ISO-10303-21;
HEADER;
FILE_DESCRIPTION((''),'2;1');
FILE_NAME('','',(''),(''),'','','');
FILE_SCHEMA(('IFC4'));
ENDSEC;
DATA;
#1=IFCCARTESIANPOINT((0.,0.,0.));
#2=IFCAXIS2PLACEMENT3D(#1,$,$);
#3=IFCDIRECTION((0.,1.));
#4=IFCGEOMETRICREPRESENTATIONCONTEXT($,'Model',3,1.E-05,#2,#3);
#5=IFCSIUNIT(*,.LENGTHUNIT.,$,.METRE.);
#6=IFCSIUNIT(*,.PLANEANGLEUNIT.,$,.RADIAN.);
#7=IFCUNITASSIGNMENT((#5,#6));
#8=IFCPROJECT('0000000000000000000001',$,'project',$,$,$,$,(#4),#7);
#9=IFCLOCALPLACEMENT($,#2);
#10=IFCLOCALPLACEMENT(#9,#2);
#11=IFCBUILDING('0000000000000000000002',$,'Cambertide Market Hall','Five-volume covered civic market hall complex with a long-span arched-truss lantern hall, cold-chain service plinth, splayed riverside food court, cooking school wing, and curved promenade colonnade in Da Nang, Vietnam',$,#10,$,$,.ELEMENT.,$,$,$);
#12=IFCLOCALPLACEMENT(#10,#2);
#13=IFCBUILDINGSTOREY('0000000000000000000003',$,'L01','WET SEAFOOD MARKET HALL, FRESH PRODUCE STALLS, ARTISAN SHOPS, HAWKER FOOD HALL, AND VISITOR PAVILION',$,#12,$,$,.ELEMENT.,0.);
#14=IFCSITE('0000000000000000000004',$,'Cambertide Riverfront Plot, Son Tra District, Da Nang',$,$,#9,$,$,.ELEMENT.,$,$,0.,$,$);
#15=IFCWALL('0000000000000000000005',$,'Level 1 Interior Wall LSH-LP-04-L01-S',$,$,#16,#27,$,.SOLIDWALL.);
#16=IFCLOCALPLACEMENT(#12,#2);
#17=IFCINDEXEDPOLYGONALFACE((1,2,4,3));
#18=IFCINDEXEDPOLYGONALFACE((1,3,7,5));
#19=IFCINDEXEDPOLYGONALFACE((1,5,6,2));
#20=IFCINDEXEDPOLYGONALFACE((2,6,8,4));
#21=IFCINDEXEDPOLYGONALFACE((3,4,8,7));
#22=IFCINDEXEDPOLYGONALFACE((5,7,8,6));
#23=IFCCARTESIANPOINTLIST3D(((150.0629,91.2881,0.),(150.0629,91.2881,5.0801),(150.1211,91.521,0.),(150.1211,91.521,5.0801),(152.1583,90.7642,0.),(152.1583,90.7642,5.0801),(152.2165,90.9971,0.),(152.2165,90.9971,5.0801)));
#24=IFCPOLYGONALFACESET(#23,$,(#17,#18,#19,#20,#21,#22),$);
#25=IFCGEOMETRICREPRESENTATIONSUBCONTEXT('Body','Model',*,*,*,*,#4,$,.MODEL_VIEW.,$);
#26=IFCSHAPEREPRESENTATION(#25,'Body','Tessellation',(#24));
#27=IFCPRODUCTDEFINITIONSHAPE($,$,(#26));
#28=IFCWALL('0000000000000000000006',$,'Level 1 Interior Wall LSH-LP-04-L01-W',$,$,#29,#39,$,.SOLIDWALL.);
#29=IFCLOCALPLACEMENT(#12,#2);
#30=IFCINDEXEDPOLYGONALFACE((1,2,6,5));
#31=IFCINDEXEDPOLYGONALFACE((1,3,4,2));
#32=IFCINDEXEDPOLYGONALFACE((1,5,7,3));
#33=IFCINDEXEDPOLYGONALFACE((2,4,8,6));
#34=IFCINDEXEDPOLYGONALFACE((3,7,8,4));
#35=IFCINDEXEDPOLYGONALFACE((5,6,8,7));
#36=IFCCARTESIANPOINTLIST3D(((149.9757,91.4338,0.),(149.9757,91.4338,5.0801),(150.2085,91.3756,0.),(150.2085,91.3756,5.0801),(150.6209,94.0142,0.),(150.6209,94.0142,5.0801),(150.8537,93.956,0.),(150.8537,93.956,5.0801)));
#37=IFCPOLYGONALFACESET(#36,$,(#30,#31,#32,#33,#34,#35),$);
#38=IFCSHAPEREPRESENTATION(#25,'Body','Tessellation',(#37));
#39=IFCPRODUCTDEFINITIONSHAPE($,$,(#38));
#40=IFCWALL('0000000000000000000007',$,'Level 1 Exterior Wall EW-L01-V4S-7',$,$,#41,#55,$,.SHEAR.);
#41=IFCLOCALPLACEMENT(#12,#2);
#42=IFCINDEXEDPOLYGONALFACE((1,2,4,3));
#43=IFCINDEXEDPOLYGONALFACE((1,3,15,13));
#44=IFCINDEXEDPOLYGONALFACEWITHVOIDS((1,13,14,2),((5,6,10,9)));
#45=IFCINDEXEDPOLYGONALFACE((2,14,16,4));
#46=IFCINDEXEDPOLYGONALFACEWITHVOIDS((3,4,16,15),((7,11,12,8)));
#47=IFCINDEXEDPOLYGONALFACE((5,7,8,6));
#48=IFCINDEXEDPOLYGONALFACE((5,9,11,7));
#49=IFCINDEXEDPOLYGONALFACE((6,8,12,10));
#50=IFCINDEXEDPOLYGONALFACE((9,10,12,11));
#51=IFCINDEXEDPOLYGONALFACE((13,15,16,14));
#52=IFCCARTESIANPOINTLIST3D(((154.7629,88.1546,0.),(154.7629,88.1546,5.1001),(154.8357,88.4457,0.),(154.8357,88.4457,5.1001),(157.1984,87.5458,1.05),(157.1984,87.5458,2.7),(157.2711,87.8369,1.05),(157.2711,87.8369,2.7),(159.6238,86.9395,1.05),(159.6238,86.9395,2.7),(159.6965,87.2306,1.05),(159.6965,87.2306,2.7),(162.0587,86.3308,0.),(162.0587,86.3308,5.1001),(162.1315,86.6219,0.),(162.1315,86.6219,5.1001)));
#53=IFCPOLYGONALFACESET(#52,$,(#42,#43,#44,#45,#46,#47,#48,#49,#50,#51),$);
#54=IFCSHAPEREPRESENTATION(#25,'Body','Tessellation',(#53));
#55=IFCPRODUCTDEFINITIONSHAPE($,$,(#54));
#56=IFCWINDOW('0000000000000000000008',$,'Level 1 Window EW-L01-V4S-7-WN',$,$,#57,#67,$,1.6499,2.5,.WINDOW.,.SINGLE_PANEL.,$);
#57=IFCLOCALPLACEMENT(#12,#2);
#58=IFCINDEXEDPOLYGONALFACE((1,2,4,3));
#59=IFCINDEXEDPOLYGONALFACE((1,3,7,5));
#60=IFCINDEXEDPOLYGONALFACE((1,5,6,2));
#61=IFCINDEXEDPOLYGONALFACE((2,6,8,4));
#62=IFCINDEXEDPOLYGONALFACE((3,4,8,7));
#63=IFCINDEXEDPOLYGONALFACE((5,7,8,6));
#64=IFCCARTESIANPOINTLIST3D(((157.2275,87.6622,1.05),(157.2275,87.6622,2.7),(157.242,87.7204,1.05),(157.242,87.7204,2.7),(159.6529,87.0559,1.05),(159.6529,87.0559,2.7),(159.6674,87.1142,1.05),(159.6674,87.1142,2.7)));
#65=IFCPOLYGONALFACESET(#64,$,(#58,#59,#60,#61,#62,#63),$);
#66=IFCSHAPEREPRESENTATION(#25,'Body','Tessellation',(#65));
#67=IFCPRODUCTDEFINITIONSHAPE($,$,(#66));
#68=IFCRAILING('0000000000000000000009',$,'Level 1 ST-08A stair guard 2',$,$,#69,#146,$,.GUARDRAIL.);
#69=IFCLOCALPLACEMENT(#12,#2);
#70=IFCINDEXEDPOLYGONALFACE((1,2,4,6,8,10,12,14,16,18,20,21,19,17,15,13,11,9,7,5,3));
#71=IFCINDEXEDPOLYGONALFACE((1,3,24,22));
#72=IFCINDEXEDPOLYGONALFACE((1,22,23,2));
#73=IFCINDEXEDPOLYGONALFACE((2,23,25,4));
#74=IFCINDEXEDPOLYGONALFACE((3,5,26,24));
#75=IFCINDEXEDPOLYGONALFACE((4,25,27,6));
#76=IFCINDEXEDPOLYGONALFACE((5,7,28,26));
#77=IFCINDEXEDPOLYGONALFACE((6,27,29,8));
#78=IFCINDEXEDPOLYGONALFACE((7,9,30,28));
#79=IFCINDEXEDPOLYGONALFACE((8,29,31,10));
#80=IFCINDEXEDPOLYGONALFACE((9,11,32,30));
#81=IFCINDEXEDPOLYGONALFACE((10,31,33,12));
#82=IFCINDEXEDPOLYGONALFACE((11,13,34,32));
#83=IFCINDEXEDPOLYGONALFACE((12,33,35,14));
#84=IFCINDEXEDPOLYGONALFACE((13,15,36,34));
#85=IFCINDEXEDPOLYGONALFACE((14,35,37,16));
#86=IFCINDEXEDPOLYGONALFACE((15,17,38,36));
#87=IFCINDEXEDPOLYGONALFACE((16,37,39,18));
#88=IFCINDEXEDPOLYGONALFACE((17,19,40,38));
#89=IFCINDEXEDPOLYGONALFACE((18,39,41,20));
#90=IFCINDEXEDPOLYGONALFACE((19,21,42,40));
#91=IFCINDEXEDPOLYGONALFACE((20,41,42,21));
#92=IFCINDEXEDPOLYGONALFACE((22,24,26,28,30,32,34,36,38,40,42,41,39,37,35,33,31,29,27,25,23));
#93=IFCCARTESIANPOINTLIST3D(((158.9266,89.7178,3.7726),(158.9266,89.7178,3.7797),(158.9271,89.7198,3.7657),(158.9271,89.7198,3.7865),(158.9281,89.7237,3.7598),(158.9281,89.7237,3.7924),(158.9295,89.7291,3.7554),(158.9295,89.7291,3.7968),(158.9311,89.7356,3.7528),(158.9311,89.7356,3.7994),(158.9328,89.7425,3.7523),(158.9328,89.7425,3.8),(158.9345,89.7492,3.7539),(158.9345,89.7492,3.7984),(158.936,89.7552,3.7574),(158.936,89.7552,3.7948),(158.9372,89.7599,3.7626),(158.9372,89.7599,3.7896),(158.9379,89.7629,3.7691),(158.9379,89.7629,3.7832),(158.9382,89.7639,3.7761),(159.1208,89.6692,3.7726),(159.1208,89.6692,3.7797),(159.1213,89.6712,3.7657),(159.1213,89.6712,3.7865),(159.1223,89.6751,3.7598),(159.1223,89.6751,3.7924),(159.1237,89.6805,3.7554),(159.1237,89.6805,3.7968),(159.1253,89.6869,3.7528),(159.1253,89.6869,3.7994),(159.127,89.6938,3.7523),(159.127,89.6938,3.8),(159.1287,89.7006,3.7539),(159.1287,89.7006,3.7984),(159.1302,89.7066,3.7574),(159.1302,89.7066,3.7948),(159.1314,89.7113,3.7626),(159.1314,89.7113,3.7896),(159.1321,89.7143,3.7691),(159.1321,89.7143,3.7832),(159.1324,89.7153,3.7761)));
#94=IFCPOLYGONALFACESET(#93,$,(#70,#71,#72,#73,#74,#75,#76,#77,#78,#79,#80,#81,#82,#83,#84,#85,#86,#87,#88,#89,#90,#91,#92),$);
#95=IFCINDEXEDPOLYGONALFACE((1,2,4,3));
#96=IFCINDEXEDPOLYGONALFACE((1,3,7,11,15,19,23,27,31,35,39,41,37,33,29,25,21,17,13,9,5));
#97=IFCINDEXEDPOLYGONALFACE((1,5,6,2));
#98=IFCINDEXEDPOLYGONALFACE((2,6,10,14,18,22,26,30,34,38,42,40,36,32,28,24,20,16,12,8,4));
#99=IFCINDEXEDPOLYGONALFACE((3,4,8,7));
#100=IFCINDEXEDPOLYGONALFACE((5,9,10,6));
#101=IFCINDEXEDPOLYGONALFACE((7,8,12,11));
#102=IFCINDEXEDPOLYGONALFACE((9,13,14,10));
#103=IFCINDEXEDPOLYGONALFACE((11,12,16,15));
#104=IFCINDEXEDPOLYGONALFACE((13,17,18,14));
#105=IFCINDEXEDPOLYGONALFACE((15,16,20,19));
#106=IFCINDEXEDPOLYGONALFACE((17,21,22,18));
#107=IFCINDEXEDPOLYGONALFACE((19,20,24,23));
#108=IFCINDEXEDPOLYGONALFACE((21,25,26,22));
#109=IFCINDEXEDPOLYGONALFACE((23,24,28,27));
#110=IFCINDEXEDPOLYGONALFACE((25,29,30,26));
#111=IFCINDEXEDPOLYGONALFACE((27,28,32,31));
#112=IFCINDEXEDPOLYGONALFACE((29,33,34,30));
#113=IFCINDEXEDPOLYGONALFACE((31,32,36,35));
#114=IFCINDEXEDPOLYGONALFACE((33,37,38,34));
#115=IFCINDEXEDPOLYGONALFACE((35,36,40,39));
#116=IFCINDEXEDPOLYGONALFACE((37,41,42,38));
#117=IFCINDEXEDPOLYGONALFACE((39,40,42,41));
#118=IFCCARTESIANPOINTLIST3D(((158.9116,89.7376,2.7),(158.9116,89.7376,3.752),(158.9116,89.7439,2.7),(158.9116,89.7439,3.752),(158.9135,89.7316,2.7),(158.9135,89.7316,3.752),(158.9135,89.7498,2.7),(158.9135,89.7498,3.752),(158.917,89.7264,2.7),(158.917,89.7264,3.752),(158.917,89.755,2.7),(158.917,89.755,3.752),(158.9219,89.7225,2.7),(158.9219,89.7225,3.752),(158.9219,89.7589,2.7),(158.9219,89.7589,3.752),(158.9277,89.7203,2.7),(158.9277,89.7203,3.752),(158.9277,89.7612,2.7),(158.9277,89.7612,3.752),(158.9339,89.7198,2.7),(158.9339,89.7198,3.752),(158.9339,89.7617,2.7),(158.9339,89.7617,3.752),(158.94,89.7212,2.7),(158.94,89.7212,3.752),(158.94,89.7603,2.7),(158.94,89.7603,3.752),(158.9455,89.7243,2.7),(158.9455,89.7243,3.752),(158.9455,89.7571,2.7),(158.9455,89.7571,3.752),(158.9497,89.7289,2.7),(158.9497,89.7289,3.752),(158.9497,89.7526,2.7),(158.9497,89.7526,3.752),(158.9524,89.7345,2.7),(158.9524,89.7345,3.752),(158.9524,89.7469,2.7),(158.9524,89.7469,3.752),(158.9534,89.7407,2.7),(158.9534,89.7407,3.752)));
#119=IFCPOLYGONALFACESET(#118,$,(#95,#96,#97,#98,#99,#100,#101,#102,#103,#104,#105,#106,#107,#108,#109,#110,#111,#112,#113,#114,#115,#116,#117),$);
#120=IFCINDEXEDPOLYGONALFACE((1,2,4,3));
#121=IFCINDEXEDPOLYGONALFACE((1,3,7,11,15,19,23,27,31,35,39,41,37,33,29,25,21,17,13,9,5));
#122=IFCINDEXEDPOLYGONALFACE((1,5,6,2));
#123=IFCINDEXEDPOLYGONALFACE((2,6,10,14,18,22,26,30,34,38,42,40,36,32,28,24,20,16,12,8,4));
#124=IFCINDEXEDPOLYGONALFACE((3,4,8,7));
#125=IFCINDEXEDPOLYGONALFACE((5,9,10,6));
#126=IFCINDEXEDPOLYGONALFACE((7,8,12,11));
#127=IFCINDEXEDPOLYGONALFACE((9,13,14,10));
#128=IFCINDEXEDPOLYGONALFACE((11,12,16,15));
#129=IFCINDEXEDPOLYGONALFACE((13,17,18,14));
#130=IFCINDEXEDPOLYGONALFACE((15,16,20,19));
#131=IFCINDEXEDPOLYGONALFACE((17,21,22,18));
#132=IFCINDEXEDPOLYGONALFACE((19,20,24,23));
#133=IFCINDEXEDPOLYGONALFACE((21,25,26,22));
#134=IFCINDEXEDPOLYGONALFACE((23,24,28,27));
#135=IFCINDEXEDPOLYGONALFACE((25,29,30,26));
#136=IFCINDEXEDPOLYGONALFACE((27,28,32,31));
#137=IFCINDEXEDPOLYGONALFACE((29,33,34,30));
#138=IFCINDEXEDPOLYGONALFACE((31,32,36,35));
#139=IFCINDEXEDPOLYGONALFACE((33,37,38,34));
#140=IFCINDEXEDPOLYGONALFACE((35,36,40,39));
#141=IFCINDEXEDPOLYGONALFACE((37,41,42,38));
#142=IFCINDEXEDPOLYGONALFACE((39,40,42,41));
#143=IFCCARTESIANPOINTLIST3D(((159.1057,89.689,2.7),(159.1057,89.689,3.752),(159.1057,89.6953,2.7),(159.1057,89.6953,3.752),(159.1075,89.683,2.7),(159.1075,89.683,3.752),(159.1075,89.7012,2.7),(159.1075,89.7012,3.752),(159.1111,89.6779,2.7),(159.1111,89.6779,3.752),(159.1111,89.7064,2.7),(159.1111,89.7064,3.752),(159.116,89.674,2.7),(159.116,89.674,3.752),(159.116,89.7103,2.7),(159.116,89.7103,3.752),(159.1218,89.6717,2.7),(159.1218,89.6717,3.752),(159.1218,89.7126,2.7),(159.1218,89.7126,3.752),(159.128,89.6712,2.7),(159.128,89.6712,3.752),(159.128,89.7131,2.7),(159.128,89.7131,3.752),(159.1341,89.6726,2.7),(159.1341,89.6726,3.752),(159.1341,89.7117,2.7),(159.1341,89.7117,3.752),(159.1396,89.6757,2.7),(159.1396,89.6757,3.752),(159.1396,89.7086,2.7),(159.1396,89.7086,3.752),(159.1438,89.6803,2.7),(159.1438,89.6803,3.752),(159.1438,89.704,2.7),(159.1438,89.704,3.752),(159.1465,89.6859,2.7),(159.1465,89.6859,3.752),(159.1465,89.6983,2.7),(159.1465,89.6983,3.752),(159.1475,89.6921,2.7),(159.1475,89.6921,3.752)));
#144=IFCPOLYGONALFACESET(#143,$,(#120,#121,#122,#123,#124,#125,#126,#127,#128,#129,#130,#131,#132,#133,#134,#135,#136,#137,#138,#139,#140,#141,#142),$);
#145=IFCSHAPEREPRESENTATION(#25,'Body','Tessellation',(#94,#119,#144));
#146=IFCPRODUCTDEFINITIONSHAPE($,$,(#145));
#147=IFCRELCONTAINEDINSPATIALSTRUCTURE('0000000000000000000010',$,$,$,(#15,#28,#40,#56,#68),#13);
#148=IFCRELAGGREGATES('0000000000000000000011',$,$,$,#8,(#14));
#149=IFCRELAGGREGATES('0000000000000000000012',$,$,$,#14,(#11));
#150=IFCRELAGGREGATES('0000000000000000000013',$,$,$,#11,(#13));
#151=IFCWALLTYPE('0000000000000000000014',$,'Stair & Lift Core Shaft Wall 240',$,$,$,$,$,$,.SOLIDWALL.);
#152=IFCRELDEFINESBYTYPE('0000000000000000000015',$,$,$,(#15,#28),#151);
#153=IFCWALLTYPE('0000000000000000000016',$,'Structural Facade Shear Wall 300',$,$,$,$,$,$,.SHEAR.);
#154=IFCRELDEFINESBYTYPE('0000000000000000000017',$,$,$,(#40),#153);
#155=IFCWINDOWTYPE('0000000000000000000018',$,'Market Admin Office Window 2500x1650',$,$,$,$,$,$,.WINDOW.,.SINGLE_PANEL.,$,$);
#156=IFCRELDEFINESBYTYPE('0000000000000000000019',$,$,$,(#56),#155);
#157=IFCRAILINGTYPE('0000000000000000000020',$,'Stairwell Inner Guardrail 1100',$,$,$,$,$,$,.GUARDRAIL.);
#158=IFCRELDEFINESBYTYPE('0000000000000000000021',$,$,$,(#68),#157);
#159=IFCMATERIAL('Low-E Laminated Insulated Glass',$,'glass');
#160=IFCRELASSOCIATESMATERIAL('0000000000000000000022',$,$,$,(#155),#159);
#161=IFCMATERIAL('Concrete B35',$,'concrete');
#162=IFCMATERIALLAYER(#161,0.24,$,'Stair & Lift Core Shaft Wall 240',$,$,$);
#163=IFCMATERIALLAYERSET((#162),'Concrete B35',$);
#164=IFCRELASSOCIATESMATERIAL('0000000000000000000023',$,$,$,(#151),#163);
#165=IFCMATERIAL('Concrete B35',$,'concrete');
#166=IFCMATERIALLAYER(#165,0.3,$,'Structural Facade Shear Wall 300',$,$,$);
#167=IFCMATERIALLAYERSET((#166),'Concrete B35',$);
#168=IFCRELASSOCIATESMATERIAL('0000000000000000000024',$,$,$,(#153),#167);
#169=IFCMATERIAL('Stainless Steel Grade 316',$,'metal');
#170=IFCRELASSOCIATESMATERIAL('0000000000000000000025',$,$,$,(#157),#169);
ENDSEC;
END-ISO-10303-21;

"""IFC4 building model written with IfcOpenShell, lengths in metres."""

from ifc_helpers import new_model, si_unit, direction, frame, frame_2d, origin, origin_2d, place, context, subcontext, project, spatial, rectangle, circle, extrude, material, layer, layer_set, type_object, element, fill, save


model = new_model("IFC4")

# Units and contexts
model_context = context("Model", 3, precision=1e-05, world=origin(), true_north=direction((0.0, 1.0)))
body_context = subcontext(model_context, "Body", "Model", "MODEL_VIEW")
ifc_project = project(units=[si_unit("LENGTHUNIT", "METRE"), si_unit("PLANEANGLEUNIT", "RADIAN")], contexts=[model_context])

# Site, building, storey
site_placement = place(None, origin())
site = spatial("IfcSite", under=ifc_project, at=site_placement, Name="Cambertide Riverfront Plot, Son Tra District, Da Nang", CompositionType="ELEMENT", RefElevation=0.0)
building_placement = place(site_placement, origin())
building = spatial("IfcBuilding", under=site, at=building_placement, Name="Cambertide Market Hall", Description="Five-volume covered civic market hall complex with a long-span arched-truss lantern hall, cold-chain service plinth, splayed riverside food court, cooking school wing, and curved promenade colonnade in Da Nang, Vietnam", CompositionType="ELEMENT")
storey_placement = place(building_placement, origin())
storey = spatial("IfcBuildingStorey", under=building, at=storey_placement, Name="L01", Description="WET SEAFOOD MARKET HALL, FRESH PRODUCE STALLS, ARTISAN SHOPS, HAWKER FOOD HALL, AND VISITOR PAVILION", CompositionType="ELEMENT", Elevation=0.0)

# Shared definitions
ifc_material_1 = material(Name="Low-E Laminated Insulated Glass", Category="glass")
window_type = type_object("IfcWindowType", Name="Market Admin Office Window 2500x1650", PartitioningType="SINGLE_PANEL", PredefinedType="WINDOW", material=ifc_material_1)

# Walls
ifc_material_2 = material(Name="Concrete B35", Category="concrete")
ifc_layer_1 = layer(ifc_material_2, 0.24, Name="Stair & Lift Core Shaft Wall 240")
ifc_layer_set_1 = layer_set([ifc_layer_1], Name="Concrete B35")
wall_type_1 = type_object("IfcWallType", Name="Stair & Lift Core Shaft Wall 240", PredefinedType="SOLIDWALL", material=ifc_layer_set_1)
wall_1_placement = place(storey_placement, frame((152.1875, 90.8806, 0.0), z_axis=(0.0, 0.0, 1.0), x_axis=(-0.970136, 0.242562, 0.0)))
element("IfcWall", 1, at=wall_1_placement, inside=storey, type_object=wall_type_1, Name="Level 1 Interior Wall LSH-LP-04-L01-S", PredefinedType="SOLIDWALL", context=body_context, shape_type="SweptSolid", body=[
    extrude(rectangle(XDim=2.1599, YDim=0.24, at=frame_2d((1.0801, 0.0))), origin(), (0.0, 0.0, 1.0), 5.0801),
])
wall_2_placement = place(storey_placement, frame((150.092, 91.4045, 0.0), z_axis=(0.0, 0.0, 1.0), x_axis=(0.242579, 0.970132, 0.0)))
element("IfcWall", 2, at=wall_2_placement, inside=storey, type_object=wall_type_1, Name="Level 1 Interior Wall LSH-LP-04-L01-W", PredefinedType="SOLIDWALL", context=body_context, shape_type="SweptSolid", body=[
    extrude(rectangle(XDim=2.6599, YDim=0.24, at=frame_2d((1.3301, 0.0))), origin(), (0.0, 0.0, 1.0), 5.0801),
])

# Wall, opening, window
ifc_material_3 = material(Name="Concrete B35", Category="concrete")
ifc_layer_2 = layer(ifc_material_3, 0.3, Name="Structural Facade Shear Wall 300")
ifc_layer_set_2 = layer_set([ifc_layer_2], Name="Concrete B35")
wall_type_2 = type_object("IfcWallType", Name="Structural Facade Shear Wall 300", PredefinedType="SHEAR", material=ifc_layer_set_2)
wall_3_placement = place(storey_placement, frame((162.0952, 86.4763, 0.0), z_axis=(0.0, 0.0, 1.0), x_axis=(-0.970148, 0.242513, 0.0)))
wall_3 = element("IfcWall", 3, at=wall_3_placement, inside=storey, type_object=wall_type_2, Name="Level 1 Exterior Wall EW-L01-V4S-7", PredefinedType="SHEAR", context=body_context, shape_type="SweptSolid", body=[
    extrude(rectangle(XDim=7.5203, YDim=0.3, at=frame_2d((3.7603, 0.0))), origin(), (0.0, 0.0, 1.0), 5.1001),
])
opening_1_placement = place(wall_3_placement, frame((2.51, 0.0, 1.05)))
opening_1 = element("IfcOpeningElement", 4, at=opening_1_placement, cuts=wall_3, PredefinedType="OPENING", context=body_context, shape_type="SweptSolid", body=[
    extrude(rectangle(XDim=2.5, YDim=1.6499, at=frame_2d((1.25, 0.825))), frame((0.0, 0.1599, 0.0), z_axis=(0.0, -1.0, 0.0), x_axis=(1.0, 0.0, 0.0)), (0.0, 0.0, 1.0), 0.3201),
])
window_1_placement = place(opening_1_placement, origin())
window_1 = element("IfcWindow", 5, at=window_1_placement, inside=storey, type_object=window_type, Name="Level 1 Window EW-L01-V4S-7-WN", OverallHeight=1.6499, OverallWidth=2.5, PartitioningType="SINGLE_PANEL", PredefinedType="WINDOW", context=body_context, shape_type="SweptSolid", body=[
    extrude(rectangle(XDim=2.5, YDim=1.6499, at=frame_2d((1.25, 0.825))), frame((0.0, 0.03, 0.0), z_axis=(0.0, -1.0, 0.0), x_axis=(1.0, 0.0, 0.0)), (0.0, 0.0, 1.0), 0.0601),
])
fill(opening_1, window_1)

# Railing
ifc_material_4 = material(Name="Stainless Steel Grade 316", Category="metal")
railing_type_1 = type_object("IfcRailingType", Name="Stairwell Inner Guardrail 1100", PredefinedType="GUARDRAIL", material=ifc_material_4)
railing_1_placement = place(storey_placement, frame((158.9324, 89.7407, 2.7)))
element("IfcRailing", 6, at=railing_1_placement, inside=storey, type_object=railing_type_1, Name="Level 1 ST-08A stair guard 2", PredefinedType="GUARDRAIL", context=body_context, shape_type="SweptSolid", body=[
    extrude(circle(Radius=0.0239, at=origin_2d()), frame((0.0, 0.0, 1.0762), z_axis=(0.970071, -0.242823, 0.0), x_axis=(0.242823, 0.970071, 0.0)), (0.0, 0.0, 1.0), 0.2002),
    extrude(circle(Radius=0.021, at=origin_2d()), origin(), (0.0, 0.0, 1.0), 1.052),
    extrude(circle(Radius=0.021, at=origin_2d()), frame((0.1941, -0.0486, 0.0)), (0.0, 0.0, 1.0), 1.052),
])

save(model, "model.ifc")
